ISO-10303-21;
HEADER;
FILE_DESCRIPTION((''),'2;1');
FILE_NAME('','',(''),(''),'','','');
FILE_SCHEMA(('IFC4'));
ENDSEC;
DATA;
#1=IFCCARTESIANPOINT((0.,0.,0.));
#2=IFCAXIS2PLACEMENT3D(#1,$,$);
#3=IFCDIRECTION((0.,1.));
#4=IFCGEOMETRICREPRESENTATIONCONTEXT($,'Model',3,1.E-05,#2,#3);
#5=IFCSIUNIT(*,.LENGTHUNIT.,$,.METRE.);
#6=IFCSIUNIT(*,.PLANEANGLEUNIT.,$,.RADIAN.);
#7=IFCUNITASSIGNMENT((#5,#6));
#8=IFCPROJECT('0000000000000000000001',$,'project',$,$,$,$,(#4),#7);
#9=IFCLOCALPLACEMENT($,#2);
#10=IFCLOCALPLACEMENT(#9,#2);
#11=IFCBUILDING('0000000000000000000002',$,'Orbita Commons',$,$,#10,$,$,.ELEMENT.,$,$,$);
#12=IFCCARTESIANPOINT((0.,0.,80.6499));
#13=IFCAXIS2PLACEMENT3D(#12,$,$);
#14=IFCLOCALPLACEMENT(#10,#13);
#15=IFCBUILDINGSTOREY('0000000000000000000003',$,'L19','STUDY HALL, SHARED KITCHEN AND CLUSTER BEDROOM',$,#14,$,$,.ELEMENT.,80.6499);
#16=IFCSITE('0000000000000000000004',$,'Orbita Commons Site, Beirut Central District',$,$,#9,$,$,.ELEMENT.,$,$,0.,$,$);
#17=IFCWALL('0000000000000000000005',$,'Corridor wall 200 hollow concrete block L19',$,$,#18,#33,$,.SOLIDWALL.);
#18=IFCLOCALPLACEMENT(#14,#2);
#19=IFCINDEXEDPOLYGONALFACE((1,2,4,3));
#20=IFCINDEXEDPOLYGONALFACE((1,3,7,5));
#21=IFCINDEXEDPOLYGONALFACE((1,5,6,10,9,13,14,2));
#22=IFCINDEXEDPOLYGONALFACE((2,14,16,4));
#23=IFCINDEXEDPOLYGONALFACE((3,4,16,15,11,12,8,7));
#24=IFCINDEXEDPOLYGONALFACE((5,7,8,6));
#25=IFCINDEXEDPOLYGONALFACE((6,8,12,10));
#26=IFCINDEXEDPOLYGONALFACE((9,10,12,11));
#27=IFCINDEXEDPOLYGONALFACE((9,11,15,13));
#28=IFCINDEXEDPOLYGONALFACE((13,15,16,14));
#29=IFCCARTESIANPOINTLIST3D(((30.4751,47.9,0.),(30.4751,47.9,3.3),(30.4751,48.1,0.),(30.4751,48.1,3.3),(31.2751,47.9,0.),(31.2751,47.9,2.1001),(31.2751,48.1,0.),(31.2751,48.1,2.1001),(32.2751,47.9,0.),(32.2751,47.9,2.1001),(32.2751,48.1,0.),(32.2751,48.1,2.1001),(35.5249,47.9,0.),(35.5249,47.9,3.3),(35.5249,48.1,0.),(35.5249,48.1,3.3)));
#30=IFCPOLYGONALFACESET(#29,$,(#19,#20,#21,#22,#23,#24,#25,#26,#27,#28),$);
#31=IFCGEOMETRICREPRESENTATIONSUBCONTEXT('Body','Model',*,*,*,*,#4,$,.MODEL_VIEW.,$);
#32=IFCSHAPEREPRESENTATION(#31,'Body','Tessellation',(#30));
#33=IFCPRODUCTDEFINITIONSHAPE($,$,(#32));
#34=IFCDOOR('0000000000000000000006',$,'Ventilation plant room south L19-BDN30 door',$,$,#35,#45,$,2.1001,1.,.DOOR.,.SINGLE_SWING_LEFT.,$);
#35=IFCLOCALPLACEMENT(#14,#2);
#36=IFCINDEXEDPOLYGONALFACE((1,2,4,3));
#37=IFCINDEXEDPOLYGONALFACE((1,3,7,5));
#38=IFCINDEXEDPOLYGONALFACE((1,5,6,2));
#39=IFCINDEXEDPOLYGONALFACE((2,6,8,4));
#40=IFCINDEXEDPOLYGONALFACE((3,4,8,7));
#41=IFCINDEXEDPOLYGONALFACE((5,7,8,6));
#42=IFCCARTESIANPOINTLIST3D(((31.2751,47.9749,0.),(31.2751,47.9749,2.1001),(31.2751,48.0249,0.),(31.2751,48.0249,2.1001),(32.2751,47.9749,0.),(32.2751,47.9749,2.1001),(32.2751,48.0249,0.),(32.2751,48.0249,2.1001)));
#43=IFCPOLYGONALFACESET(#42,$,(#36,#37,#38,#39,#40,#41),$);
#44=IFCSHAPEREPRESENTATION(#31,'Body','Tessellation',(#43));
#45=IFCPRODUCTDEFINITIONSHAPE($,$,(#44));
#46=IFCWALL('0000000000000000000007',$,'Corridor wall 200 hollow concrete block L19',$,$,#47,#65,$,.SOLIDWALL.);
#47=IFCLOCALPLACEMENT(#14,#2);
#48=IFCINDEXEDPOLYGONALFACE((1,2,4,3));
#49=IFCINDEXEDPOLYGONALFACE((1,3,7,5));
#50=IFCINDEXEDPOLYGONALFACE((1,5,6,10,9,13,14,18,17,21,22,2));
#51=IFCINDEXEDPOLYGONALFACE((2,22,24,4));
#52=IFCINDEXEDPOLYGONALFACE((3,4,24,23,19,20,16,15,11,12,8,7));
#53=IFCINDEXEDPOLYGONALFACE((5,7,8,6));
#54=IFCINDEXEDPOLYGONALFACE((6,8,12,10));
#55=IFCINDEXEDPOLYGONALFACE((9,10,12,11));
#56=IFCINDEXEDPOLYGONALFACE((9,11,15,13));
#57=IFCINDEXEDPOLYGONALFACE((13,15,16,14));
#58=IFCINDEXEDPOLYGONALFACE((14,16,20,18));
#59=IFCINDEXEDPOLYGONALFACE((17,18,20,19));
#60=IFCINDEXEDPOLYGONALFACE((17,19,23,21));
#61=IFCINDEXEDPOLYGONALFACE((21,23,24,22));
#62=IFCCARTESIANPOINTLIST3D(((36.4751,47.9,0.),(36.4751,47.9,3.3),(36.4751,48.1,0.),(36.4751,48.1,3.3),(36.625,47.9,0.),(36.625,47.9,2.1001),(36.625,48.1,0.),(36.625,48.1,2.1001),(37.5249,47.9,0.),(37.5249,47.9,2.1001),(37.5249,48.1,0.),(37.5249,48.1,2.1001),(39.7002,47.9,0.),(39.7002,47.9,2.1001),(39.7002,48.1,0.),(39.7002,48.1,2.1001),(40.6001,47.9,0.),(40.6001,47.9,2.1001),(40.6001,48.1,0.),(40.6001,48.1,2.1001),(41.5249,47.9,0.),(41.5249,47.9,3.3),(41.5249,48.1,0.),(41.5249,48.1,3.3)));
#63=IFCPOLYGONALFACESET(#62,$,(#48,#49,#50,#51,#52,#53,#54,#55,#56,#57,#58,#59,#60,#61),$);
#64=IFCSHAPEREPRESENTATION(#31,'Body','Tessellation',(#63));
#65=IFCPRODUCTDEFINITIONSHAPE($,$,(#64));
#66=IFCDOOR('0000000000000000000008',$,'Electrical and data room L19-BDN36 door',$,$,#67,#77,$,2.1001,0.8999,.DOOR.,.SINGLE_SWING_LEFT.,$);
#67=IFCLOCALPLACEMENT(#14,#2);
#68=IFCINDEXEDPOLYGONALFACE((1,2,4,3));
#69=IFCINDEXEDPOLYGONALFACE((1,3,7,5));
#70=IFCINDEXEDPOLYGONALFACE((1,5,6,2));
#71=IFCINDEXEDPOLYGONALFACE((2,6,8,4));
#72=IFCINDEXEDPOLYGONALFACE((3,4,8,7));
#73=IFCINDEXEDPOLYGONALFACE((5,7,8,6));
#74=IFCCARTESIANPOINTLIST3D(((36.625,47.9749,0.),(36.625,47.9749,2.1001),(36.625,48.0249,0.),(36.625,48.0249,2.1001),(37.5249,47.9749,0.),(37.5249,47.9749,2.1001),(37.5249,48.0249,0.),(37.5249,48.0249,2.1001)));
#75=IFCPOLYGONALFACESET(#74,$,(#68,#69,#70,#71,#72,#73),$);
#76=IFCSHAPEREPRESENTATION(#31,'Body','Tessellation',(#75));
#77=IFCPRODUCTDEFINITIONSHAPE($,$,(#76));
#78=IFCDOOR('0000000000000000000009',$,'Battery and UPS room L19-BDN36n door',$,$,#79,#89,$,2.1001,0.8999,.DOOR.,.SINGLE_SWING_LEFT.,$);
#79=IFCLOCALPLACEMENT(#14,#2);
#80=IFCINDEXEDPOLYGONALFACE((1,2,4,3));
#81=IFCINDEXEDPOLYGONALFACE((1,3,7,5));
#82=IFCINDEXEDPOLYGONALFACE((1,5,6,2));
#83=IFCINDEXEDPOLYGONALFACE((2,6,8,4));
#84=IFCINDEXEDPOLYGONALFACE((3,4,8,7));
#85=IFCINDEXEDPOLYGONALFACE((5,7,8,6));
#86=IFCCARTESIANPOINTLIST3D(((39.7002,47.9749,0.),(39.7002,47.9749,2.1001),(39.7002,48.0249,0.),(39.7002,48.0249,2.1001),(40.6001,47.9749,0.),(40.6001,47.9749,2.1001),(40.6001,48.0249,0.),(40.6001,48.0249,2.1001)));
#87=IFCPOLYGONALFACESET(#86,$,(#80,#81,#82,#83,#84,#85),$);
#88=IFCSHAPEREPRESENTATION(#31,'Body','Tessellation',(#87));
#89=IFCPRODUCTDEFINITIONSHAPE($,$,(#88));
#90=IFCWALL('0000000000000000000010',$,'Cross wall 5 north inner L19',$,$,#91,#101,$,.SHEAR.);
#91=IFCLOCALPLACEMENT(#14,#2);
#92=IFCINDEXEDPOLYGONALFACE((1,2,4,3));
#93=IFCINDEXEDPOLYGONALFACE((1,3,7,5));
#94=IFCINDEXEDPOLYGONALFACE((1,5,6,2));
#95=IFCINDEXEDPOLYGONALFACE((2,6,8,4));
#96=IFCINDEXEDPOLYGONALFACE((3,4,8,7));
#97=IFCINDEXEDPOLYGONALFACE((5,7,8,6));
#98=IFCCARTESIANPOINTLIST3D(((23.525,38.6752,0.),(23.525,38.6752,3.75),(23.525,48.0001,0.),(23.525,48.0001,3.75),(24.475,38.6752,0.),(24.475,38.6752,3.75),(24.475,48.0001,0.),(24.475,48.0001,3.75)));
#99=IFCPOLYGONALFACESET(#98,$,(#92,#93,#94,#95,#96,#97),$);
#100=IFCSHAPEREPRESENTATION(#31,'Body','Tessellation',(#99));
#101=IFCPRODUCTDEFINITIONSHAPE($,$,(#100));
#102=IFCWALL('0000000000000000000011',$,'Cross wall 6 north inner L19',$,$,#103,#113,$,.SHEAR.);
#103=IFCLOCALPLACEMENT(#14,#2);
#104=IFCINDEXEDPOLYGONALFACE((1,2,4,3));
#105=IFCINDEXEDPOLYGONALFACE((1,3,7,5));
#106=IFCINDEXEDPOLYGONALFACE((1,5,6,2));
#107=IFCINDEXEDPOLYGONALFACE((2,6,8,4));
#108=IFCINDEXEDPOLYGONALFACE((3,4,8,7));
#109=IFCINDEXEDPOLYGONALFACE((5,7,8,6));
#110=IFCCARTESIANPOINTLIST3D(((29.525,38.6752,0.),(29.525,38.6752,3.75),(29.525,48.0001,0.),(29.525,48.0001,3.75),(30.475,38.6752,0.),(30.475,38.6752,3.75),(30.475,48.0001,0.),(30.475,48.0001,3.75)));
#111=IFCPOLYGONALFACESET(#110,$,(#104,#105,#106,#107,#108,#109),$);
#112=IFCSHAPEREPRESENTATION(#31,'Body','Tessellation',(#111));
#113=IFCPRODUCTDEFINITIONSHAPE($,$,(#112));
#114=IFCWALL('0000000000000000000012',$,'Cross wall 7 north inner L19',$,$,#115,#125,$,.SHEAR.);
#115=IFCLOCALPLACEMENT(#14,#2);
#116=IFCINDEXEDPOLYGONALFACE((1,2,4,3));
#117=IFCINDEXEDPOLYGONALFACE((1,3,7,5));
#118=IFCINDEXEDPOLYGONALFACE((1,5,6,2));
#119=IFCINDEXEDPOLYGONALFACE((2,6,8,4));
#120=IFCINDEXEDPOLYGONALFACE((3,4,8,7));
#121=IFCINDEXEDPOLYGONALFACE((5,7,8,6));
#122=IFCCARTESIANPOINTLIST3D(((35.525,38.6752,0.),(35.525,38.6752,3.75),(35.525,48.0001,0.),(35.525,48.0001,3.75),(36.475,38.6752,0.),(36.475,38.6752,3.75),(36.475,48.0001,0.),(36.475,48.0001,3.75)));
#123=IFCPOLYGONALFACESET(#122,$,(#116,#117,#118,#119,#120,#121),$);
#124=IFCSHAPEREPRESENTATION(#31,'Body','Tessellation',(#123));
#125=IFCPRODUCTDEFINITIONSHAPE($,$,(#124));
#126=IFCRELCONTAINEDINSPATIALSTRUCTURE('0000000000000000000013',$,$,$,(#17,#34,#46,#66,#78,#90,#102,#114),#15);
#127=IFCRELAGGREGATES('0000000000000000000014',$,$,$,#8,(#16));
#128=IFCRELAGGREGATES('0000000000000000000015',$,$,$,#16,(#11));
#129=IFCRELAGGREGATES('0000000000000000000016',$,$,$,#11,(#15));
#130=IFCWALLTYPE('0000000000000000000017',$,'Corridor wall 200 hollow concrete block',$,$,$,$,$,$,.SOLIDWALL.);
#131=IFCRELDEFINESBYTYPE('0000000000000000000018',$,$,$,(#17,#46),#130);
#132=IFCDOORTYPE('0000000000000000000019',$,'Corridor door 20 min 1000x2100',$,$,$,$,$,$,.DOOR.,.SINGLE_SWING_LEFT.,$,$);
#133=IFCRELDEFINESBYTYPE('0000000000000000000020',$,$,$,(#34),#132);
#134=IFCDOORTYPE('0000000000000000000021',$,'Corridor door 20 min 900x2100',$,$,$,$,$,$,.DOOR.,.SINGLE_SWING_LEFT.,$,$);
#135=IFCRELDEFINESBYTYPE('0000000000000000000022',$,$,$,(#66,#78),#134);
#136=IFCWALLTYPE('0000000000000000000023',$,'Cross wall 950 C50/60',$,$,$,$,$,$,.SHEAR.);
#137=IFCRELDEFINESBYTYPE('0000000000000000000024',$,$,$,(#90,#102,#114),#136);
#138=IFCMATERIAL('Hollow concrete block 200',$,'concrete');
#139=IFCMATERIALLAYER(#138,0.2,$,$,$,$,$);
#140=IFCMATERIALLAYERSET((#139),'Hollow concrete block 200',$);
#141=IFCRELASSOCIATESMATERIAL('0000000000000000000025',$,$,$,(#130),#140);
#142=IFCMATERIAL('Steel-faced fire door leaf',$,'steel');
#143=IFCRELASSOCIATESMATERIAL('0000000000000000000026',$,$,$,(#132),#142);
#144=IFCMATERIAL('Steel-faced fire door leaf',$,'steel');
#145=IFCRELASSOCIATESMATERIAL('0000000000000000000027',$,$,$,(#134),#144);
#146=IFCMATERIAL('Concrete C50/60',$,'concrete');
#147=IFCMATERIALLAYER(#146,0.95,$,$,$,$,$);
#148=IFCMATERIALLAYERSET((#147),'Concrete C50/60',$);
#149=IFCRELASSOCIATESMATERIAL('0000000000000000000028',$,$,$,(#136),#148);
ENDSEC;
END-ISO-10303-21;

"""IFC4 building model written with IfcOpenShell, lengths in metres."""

from ifc_helpers import new_model, si_unit, direction, frame, frame_2d, origin, place, context, subcontext, project, spatial, rectangle, extrude, material, layer, layer_set, type_object, element, fill, save


model = new_model("IFC4")

# Units and contexts
model_context = context("Model", 3, precision=1e-05, world=origin(), true_north=direction((0.0, 1.0)))
body_context = subcontext(model_context, "Body", "Model", "MODEL_VIEW")
ifc_project = project(units=[si_unit("LENGTHUNIT", "METRE"), si_unit("PLANEANGLEUNIT", "RADIAN")], contexts=[model_context])

# Site, building, storey
site_placement = place(None, origin())
site = spatial("IfcSite", under=ifc_project, at=site_placement, Name="Orbita Commons Site, Beirut Central District", CompositionType="ELEMENT", RefElevation=0.0)
building_placement = place(site_placement, origin())
building = spatial("IfcBuilding", under=site, at=building_placement, Name="Orbita Commons", CompositionType="ELEMENT")
storey_placement = place(building_placement, frame((0.0, 0.0, 80.6499)))
storey = spatial("IfcBuildingStorey", under=building, at=storey_placement, Name="L19", Description="STUDY HALL, SHARED KITCHEN AND CLUSTER BEDROOM", CompositionType="ELEMENT", Elevation=80.6499)

# Wall, opening, door
ifc_material_1 = material(Name="Hollow concrete block 200", Category="concrete")
ifc_layer_1 = layer(ifc_material_1, 0.2)
ifc_layer_set_1 = layer_set([ifc_layer_1], Name="Hollow concrete block 200")
wall_type_1 = type_object("IfcWallType", Name="Corridor wall 200 hollow concrete block", PredefinedType="SOLIDWALL", material=ifc_layer_set_1)
ifc_material_2 = material(Name="Steel-faced fire door leaf", Category="steel")
door_type_1 = type_object("IfcDoorType", Name="Corridor door 20 min 1000x2100", OperationType="SINGLE_SWING_LEFT", PredefinedType="DOOR", material=ifc_material_2)
wall_1_placement = place(storey_placement, frame((30.4751, 48.0, 0.0), z_axis=(0.0, 0.0, 1.0), x_axis=(1.0, 0.0, 0.0)))
wall_1 = element("IfcWall", 1, at=wall_1_placement, inside=storey, type_object=wall_type_1, Name="Corridor wall 200 hollow concrete block L19", PredefinedType="SOLIDWALL", context=body_context, shape_type="SweptSolid", body=[
    extrude(rectangle(XDim=5.0498, YDim=0.2, at=frame_2d((2.5249, 0.0))), origin(), (0.0, 0.0, 1.0), 3.3),
])
opening_1_placement = place(wall_1_placement, frame((0.8, 0.0, 0.0)))
opening_1 = element("IfcOpeningElement", 2, at=opening_1_placement, cuts=wall_1, PredefinedType="OPENING", context=body_context, shape_type="SweptSolid", body=[
    extrude(rectangle(XDim=1.0, YDim=2.1001, at=frame_2d((0.5, 1.05))), frame((0.0, 0.1099, 0.0), z_axis=(0.0, -1.0, 0.0), x_axis=(1.0, 0.0, 0.0)), (0.0, 0.0, 1.0), 0.22),
])
door_1_placement = place(opening_1_placement, origin())
door_1 = element("IfcDoor", 3, at=door_1_placement, inside=storey, type_object=door_type_1, Name="Ventilation plant room south L19-BDN30 door", OperationType="SINGLE_SWING_LEFT", OverallHeight=2.1001, OverallWidth=1.0, PredefinedType="DOOR", context=body_context, shape_type="SweptSolid", body=[
    extrude(rectangle(XDim=1.0, YDim=2.1001, at=frame_2d((0.5, 1.05))), frame((0.0, 0.0249, 0.0), z_axis=(0.0, -1.0, 0.0), x_axis=(1.0, 0.0, 0.0)), (0.0, 0.0, 1.0), 0.05),
])
fill(opening_1, door_1)

# Wall, openings, doors
wall_2_placement = place(storey_placement, frame((36.4751, 48.0, 0.0), z_axis=(0.0, 0.0, 1.0), x_axis=(1.0, 0.0, 0.0)))
wall_2 = element("IfcWall", 4, at=wall_2_placement, inside=storey, type_object=wall_type_1, Name="Corridor wall 200 hollow concrete block L19", PredefinedType="SOLIDWALL", context=body_context, shape_type="SweptSolid", body=[
    extrude(rectangle(XDim=5.0498, YDim=0.2, at=frame_2d((2.5249, 0.0))), origin(), (0.0, 0.0, 1.0), 3.3),
])
opening_2_placement = place(wall_2_placement, frame((0.1499, 0.0, 0.0)))
opening_2 = element("IfcOpeningElement", 5, at=opening_2_placement, cuts=wall_2, PredefinedType="OPENING", context=body_context, shape_type="SweptSolid", body=[
    extrude(rectangle(XDim=0.8999, YDim=2.1001, at=frame_2d((0.45, 1.05))), frame((0.0, 0.1099, 0.0), z_axis=(0.0, -1.0, 0.0), x_axis=(1.0, 0.0, 0.0)), (0.0, 0.0, 1.0), 0.22),
])
opening_3_placement = place(wall_2_placement, frame((3.2251, 0.0, 0.0)))
opening_3 = element("IfcOpeningElement", 6, at=opening_3_placement, cuts=wall_2, PredefinedType="OPENING", context=body_context, shape_type="SweptSolid", body=[
    extrude(rectangle(XDim=0.8999, YDim=2.1001, at=frame_2d((0.45, 1.05))), frame((0.0, 0.1099, 0.0), z_axis=(0.0, -1.0, 0.0), x_axis=(1.0, 0.0, 0.0)), (0.0, 0.0, 1.0), 0.22),
])
ifc_material_3 = material(Name="Steel-faced fire door leaf", Category="steel")
door_type_2 = type_object("IfcDoorType", Name="Corridor door 20 min 900x2100", OperationType="SINGLE_SWING_LEFT", PredefinedType="DOOR", material=ifc_material_3)
door_2_placement = place(opening_2_placement, origin())
door_2 = element("IfcDoor", 7, at=door_2_placement, inside=storey, type_object=door_type_2, Name="Electrical and data room L19-BDN36 door", OperationType="SINGLE_SWING_LEFT", OverallHeight=2.1001, OverallWidth=0.8999, PredefinedType="DOOR", context=body_context, shape_type="SweptSolid", body=[
    extrude(rectangle(XDim=0.8999, YDim=2.1001, at=frame_2d((0.45, 1.05))), frame((0.0, 0.0249, 0.0), z_axis=(0.0, -1.0, 0.0), x_axis=(1.0, 0.0, 0.0)), (0.0, 0.0, 1.0), 0.05),
])
fill(opening_2, door_2)
door_3_placement = place(opening_3_placement, origin())
door_3 = element("IfcDoor", 8, at=door_3_placement, inside=storey, type_object=door_type_2, Name="Battery and UPS room L19-BDN36n door", OperationType="SINGLE_SWING_LEFT", OverallHeight=2.1001, OverallWidth=0.8999, PredefinedType="DOOR", context=body_context, shape_type="SweptSolid", body=[
    extrude(rectangle(XDim=0.8999, YDim=2.1001, at=frame_2d((0.45, 1.05))), frame((0.0, 0.0249, 0.0), z_axis=(0.0, -1.0, 0.0), x_axis=(1.0, 0.0, 0.0)), (0.0, 0.0, 1.0), 0.05),
])
fill(opening_3, door_3)

# Walls
ifc_material_4 = material(Name="Concrete C50/60", Category="concrete")
ifc_layer_2 = layer(ifc_material_4, 0.95)
ifc_layer_set_2 = layer_set([ifc_layer_2], Name="Concrete C50/60")
wall_type_2 = type_object("IfcWallType", Name="Cross wall 950 C50/60", PredefinedType="SHEAR", material=ifc_layer_set_2)
for number, where, z_axis, x_axis, name in (
    (9, (24.0, 38.675, 0.0), (0.0, 0.0, 1.0), (0.0, 1.0, 0.0), "Cross wall 5 north inner L19"),
    (10, (30.0, 38.675, 0.0), (0.0, 0.0, 1.0), (0.0, 1.0, 0.0), "Cross wall 6 north inner L19"),
    (11, (36.0, 38.675, 0.0), (0.0, 0.0, 1.0), (0.0, 1.0, 0.0), "Cross wall 7 north inner L19"),
):
    element("IfcWall", number, at=place(storey_placement, frame(where, z_axis=z_axis, x_axis=x_axis)), inside=storey, type_object=wall_type_2, Name=name, PredefinedType="SHEAR", context=body_context, shape_type="SweptSolid", body=[
        extrude(rectangle(XDim=9.325, YDim=0.95, at=frame_2d((4.6626, 0.0))), origin(), (0.0, 0.0, 1.0), 3.75),
    ])

save(model, "model.ifc")
